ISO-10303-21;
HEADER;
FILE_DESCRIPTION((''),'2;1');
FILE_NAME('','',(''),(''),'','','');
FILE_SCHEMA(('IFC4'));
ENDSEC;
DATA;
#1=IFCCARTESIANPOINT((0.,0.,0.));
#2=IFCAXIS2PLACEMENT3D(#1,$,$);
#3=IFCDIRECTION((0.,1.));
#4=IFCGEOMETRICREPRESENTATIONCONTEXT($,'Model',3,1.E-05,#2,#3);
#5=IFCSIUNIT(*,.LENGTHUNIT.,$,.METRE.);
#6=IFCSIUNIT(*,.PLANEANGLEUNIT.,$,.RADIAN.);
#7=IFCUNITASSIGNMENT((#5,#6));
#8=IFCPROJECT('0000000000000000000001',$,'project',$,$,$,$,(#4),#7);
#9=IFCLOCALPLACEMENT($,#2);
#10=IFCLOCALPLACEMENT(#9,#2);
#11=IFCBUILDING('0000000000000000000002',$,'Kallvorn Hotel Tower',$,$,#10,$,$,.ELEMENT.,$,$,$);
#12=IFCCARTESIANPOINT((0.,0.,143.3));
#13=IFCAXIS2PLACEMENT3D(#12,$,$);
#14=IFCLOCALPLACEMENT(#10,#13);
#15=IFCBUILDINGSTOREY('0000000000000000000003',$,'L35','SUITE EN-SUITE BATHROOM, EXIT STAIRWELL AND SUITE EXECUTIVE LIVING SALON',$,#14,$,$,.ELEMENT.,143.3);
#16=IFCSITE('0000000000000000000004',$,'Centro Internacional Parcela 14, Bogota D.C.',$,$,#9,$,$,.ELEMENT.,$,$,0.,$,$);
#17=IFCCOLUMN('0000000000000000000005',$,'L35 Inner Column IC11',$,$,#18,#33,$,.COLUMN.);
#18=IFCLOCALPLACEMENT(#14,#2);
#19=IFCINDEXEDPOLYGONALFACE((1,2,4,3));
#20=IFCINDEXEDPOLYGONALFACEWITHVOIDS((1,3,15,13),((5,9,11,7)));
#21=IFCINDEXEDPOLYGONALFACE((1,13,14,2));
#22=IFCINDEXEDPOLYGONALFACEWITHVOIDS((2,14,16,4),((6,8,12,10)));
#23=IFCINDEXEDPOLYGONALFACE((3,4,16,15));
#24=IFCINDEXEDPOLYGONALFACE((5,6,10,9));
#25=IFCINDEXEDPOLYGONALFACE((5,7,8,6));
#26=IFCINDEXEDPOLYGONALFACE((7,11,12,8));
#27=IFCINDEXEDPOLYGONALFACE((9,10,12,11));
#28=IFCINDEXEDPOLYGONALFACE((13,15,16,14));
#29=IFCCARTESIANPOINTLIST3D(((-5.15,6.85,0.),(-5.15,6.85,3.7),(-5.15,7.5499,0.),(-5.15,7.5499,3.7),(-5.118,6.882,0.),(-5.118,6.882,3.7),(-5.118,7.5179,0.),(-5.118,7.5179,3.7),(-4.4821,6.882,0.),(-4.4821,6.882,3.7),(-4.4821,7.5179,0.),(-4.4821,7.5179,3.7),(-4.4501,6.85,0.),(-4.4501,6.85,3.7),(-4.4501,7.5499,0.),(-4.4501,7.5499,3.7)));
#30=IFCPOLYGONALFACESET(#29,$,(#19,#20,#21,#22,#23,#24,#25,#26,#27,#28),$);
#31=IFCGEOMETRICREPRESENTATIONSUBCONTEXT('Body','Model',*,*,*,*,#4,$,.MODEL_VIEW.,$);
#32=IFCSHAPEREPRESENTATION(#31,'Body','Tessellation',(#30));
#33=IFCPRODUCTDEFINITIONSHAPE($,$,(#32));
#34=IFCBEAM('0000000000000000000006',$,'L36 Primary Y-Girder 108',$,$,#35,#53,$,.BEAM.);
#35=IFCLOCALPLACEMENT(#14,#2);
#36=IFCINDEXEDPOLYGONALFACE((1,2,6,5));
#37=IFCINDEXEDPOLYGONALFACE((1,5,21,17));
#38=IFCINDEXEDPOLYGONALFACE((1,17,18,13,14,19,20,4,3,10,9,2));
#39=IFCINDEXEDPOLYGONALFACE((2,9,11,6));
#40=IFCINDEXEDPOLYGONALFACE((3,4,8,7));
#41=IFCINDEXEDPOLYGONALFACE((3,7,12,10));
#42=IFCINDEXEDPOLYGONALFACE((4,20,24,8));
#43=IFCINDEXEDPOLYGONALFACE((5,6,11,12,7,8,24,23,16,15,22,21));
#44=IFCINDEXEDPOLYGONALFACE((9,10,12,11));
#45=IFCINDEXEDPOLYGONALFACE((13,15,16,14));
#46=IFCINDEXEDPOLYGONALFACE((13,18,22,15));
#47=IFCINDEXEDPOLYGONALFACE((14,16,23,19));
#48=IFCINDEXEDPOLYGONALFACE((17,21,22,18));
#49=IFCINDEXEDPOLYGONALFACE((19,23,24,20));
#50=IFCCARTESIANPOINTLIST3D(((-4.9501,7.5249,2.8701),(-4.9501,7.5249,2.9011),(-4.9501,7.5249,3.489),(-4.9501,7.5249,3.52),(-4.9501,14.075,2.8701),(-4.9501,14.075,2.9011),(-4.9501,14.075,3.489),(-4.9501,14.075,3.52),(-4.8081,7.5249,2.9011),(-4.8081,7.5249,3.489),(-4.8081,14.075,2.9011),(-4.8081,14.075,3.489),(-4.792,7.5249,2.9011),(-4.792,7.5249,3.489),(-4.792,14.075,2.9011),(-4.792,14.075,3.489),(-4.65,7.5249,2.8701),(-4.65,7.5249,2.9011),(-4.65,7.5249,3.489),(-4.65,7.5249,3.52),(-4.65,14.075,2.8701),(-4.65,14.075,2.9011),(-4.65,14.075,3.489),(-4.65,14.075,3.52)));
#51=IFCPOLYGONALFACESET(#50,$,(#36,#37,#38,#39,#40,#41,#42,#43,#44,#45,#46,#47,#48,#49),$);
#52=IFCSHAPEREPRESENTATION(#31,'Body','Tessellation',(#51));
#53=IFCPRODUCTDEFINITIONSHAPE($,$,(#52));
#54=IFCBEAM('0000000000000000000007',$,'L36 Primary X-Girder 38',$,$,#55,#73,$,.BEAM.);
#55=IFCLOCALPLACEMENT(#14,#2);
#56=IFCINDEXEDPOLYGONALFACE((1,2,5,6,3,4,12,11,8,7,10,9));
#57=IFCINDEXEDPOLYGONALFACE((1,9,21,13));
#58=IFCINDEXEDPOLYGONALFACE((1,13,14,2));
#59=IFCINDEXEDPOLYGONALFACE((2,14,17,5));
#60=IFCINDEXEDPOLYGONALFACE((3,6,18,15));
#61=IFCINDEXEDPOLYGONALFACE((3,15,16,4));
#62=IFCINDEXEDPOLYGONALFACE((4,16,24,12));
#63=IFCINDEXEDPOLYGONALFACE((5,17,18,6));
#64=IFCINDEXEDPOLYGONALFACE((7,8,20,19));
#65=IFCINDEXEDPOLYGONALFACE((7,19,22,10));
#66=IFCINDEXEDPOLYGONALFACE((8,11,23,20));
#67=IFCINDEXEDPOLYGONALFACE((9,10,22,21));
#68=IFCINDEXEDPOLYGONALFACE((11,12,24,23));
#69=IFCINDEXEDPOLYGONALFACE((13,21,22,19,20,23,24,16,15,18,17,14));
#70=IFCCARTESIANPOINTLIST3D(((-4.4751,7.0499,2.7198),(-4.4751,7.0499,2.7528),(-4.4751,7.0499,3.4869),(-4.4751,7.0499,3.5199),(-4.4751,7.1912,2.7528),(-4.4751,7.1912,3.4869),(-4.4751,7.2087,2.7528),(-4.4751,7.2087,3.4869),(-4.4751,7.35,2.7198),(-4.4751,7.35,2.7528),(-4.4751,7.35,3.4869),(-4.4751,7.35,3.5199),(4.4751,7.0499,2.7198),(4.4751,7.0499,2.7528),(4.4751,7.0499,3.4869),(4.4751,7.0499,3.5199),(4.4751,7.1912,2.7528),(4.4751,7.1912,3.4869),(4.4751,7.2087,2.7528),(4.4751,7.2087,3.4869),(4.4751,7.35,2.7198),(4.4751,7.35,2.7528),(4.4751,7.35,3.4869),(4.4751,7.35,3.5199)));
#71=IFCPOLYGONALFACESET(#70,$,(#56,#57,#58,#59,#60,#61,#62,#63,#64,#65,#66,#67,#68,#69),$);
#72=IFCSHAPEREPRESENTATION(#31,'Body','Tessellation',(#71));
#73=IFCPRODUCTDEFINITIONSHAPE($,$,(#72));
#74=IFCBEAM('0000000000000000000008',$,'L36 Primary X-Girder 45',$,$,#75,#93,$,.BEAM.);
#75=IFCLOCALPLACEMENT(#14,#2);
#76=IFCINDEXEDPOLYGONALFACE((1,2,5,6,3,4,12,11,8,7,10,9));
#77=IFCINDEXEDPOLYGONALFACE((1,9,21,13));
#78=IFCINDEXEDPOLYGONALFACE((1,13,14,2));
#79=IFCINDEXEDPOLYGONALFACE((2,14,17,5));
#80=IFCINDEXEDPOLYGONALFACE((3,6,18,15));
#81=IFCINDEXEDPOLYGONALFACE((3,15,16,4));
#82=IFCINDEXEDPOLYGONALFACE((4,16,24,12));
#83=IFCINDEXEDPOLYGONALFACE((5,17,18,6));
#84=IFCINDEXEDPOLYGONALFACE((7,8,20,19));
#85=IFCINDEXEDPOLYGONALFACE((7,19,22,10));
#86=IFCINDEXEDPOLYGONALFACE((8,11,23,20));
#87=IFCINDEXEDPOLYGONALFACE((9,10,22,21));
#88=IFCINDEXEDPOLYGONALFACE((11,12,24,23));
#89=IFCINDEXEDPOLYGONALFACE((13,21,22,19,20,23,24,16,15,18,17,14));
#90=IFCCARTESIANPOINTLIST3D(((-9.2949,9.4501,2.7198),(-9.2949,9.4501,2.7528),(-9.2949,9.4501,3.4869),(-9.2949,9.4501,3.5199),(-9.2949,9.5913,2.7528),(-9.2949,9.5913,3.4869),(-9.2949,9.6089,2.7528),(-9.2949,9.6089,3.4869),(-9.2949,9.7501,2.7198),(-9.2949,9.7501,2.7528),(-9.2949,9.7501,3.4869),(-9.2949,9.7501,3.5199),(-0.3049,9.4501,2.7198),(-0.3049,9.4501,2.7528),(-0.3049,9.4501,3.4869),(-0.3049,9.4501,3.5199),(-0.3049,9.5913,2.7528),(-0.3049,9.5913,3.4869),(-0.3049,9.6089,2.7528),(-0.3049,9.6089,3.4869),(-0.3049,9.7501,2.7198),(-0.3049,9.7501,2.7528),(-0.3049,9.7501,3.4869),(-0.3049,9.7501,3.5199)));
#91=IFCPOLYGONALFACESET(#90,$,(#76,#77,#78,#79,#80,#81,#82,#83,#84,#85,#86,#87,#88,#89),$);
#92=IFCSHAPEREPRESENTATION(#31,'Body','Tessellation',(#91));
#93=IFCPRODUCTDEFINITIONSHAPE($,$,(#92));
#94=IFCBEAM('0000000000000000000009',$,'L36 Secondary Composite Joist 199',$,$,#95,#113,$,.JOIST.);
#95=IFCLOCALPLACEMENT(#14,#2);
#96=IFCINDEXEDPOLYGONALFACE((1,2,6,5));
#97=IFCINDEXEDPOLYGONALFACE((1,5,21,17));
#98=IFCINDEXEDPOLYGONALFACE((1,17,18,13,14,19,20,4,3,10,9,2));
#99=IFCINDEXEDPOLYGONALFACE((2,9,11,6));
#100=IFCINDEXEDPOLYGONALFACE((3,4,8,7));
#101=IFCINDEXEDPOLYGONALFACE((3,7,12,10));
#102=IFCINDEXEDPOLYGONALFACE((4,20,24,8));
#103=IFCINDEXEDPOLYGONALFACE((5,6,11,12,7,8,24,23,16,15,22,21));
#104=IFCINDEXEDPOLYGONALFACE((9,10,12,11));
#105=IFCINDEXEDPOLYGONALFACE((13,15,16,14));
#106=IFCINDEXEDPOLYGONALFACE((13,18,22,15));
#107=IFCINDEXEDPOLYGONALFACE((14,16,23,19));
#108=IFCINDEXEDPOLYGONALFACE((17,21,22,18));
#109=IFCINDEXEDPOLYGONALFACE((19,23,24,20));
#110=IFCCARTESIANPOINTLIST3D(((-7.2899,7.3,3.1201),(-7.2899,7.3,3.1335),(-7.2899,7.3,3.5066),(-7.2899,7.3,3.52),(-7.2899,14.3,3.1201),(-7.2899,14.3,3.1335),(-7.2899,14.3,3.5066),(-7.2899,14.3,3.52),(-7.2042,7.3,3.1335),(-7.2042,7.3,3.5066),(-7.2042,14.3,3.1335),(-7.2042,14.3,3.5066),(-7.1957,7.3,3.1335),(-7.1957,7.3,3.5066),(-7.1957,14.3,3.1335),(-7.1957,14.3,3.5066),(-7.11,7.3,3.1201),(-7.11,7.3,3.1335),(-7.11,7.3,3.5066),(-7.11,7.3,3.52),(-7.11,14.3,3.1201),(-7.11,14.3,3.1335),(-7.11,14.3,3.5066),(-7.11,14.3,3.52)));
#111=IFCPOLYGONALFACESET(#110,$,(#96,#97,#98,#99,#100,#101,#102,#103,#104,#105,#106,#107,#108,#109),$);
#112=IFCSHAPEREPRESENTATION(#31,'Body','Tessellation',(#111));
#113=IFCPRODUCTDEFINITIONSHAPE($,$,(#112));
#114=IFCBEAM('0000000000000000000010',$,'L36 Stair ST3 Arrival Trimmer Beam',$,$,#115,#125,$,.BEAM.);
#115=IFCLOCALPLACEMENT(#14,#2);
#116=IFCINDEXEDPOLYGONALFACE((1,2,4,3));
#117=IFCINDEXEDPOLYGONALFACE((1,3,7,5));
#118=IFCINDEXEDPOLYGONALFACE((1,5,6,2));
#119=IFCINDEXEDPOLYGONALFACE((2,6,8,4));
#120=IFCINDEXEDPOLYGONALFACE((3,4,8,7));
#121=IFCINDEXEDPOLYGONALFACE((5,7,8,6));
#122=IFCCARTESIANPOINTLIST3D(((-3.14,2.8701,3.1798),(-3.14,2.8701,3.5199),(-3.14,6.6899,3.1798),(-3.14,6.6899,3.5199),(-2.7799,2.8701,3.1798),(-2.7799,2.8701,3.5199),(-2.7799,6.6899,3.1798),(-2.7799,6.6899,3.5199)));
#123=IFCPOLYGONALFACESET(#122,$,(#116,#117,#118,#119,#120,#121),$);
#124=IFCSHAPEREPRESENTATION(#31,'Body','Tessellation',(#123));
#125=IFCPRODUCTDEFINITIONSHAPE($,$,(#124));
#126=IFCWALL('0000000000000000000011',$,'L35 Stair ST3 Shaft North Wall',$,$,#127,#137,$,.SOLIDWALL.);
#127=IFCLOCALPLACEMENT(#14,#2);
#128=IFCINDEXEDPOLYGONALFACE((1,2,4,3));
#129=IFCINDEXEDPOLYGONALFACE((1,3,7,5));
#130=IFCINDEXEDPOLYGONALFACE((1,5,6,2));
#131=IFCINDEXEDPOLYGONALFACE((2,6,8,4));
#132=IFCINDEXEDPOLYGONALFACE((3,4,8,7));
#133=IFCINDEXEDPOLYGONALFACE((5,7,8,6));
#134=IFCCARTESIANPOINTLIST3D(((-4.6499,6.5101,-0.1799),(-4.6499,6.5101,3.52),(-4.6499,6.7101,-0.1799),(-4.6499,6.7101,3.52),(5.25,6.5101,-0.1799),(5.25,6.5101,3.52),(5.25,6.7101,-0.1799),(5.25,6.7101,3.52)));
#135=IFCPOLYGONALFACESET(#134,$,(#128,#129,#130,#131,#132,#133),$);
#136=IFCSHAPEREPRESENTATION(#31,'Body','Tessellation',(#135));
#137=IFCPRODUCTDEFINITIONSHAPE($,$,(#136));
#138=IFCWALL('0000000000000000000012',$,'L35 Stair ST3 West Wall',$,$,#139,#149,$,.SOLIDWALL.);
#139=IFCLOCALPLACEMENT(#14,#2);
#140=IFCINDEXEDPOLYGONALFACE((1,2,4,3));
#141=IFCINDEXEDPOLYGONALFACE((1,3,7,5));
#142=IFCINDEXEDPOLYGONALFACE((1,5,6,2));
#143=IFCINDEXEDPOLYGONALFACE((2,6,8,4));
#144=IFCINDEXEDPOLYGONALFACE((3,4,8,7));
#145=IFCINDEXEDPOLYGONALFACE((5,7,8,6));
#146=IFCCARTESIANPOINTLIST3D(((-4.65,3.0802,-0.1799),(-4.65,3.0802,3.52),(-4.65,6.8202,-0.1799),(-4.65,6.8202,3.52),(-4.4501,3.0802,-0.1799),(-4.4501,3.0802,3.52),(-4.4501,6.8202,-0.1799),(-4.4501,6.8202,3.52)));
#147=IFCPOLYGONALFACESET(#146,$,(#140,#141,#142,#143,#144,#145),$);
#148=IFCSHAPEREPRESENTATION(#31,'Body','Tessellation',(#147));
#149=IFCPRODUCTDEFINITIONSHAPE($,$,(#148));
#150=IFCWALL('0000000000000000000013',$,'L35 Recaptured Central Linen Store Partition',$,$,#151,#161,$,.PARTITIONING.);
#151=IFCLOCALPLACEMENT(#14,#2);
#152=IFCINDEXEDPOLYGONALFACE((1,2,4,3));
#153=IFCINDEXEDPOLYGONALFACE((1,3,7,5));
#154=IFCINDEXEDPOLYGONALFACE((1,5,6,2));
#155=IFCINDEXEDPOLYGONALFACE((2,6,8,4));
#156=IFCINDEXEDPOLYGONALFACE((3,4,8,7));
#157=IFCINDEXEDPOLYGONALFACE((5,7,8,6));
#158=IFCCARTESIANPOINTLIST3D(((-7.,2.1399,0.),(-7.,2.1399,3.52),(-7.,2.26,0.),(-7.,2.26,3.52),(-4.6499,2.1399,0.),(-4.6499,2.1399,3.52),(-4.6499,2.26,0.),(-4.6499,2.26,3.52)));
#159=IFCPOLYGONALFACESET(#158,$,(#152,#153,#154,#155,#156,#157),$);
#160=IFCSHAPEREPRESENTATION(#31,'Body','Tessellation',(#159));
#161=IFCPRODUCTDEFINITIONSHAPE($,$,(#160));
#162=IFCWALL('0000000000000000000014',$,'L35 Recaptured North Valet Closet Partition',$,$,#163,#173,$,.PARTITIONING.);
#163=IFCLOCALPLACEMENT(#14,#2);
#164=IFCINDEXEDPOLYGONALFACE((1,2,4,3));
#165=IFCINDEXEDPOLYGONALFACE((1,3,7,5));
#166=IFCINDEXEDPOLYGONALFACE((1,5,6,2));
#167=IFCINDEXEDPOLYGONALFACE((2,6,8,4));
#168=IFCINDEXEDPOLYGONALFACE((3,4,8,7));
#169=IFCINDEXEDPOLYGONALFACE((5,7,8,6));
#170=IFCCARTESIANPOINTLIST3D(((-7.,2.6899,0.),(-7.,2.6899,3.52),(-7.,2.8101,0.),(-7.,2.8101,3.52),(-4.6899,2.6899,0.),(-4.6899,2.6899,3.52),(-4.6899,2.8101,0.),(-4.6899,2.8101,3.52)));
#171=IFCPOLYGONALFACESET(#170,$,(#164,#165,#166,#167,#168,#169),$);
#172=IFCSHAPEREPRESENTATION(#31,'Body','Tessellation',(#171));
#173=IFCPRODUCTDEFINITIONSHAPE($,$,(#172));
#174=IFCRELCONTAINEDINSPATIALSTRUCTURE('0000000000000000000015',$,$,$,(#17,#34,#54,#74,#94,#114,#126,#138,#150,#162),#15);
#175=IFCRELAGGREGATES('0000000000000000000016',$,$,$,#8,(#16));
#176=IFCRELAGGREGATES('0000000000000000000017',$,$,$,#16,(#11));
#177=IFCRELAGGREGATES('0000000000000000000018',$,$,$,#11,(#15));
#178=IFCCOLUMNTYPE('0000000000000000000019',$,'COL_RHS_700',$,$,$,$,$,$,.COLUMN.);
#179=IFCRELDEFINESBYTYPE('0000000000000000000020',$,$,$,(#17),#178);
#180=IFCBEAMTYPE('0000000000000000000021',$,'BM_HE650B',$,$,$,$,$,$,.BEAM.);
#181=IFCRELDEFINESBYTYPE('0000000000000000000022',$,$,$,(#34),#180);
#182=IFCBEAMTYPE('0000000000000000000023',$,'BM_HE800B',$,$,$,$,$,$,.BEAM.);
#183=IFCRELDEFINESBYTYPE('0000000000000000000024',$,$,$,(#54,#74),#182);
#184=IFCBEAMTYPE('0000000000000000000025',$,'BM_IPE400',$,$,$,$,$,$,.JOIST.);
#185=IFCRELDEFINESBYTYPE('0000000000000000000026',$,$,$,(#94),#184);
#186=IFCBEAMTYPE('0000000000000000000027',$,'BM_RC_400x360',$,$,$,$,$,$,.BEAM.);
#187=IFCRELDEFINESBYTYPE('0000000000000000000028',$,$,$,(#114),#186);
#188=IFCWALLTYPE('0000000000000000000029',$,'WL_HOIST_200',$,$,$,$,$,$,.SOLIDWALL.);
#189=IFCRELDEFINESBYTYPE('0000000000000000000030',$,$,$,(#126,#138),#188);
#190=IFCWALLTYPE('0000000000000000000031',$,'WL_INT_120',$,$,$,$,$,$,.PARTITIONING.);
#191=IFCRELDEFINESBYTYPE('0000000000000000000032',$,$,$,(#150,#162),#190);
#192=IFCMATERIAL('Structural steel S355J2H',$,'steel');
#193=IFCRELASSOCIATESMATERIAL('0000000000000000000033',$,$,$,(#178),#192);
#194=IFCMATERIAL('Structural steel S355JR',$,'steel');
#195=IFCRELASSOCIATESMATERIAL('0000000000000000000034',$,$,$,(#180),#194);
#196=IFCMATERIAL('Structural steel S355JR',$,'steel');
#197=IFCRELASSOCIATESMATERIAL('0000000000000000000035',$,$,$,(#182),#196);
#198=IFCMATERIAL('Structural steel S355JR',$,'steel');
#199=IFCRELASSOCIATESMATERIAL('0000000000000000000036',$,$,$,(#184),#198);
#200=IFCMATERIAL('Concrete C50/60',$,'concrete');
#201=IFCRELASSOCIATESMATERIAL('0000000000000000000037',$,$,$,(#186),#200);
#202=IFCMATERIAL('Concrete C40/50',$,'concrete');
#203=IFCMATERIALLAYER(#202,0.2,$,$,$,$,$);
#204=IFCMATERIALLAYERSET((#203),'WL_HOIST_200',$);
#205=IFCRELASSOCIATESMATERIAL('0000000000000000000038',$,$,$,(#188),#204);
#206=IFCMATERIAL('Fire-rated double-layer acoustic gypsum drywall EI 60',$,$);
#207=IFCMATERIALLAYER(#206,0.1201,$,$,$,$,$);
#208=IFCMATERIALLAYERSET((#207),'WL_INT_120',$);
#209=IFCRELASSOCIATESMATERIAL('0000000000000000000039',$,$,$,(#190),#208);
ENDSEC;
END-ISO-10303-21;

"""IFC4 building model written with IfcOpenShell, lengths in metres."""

from ifc_helpers import new_model, si_unit, direction, frame, frame_2d, origin, origin_2d, place, context, subcontext, project, spatial, rectangle, hollow_rectangle, i_section, extrude, material, layer, layer_set, material_profile, profile_set, type_object, element, save


model = new_model("IFC4")

# Units and contexts
model_context = context("Model", 3, precision=1e-05, world=origin(), true_north=direction((0.0, 1.0)))
body_context = subcontext(model_context, "Body", "Model", "MODEL_VIEW")
ifc_project = project(units=[si_unit("LENGTHUNIT", "METRE"), si_unit("PLANEANGLEUNIT", "RADIAN")], contexts=[model_context])

# Site, building, storey
site_placement = place(None, origin())
site = spatial("IfcSite", under=ifc_project, at=site_placement, Name="Centro Internacional Parcela 14, Bogota D.C.", CompositionType="ELEMENT", RefElevation=0.0)
building_placement = place(site_placement, origin())
building = spatial("IfcBuilding", under=site, at=building_placement, Name="Kallvorn Hotel Tower", CompositionType="ELEMENT")
storey_placement = place(building_placement, frame((0.0, 0.0, 143.3)))
storey = spatial("IfcBuildingStorey", under=building, at=storey_placement, Name="L35", Description="SUITE EN-SUITE BATHROOM, EXIT STAIRWELL AND SUITE EXECUTIVE LIVING SALON", CompositionType="ELEMENT", Elevation=143.3)

# Column
ifc_material_1 = material(Name="Structural steel S355J2H", Category="steel")
ifc_material_profile_1 = material_profile(ifc_material_1, hollow_rectangle(XDim=0.7, YDim=0.7, WallThickness=0.032, at=origin_2d()), Name="RHS 700x700x32")
ifc_profile_set_1 = profile_set([ifc_material_profile_1], Name="Structural steel S355J2H")
column_type = type_object("IfcColumnType", Name="COL_RHS_700", PredefinedType="COLUMN", material=ifc_profile_set_1)
column_placement = place(storey_placement, frame((-4.8, 7.2, 0.0), z_axis=(0.0, 0.0, 1.0), x_axis=(1.0, 0.0, 0.0)))
element("IfcColumn", 1, at=column_placement, inside=storey, type_object=column_type, Name="L35 Inner Column IC11", PredefinedType="COLUMN", context=body_context, shape_type="SweptSolid", body=[
    extrude(hollow_rectangle(XDim=0.7, YDim=0.7, WallThickness=0.032, at=origin_2d()), origin(), (0.0, 0.0, 1.0), 3.7),
])

# Beams
ifc_material_2 = material(Name="Structural steel S355JR", Category="steel")
ifc_material_profile_2 = material_profile(ifc_material_2, i_section(OverallWidth=0.3, OverallDepth=0.6499, WebThickness=0.0161, FlangeThickness=0.031, at=origin_2d()), Name="HE 650 B")
ifc_profile_set_2 = profile_set([ifc_material_profile_2], Name="Structural steel S355JR")
beam_type_1 = type_object("IfcBeamType", Name="BM_HE650B", PredefinedType="BEAM", material=ifc_profile_set_2)
beam_1_placement = place(storey_placement, frame((-4.8, 7.5249, 3.1951), z_axis=(0.0, 1.0, 0.0), x_axis=(-1.0, 0.0, 0.0)))
element("IfcBeam", 2, at=beam_1_placement, inside=storey, type_object=beam_type_1, Name="L36 Primary Y-Girder 108", PredefinedType="BEAM", context=body_context, shape_type="SweptSolid", body=[
    extrude(i_section(OverallWidth=0.3, OverallDepth=0.6499, WebThickness=0.0161, FlangeThickness=0.031, at=origin_2d()), origin(), (0.0, 0.0, 1.0), 6.55),
])
ifc_material_3 = material(Name="Structural steel S355JR", Category="steel")
ifc_material_profile_3 = material_profile(ifc_material_3, i_section(OverallWidth=0.3, OverallDepth=0.8, WebThickness=0.0176, FlangeThickness=0.033, at=origin_2d()), Name="HE 800 B")
ifc_profile_set_3 = profile_set([ifc_material_profile_3], Name="Structural steel S355JR")
beam_type_2 = type_object("IfcBeamType", Name="BM_HE800B", PredefinedType="BEAM", material=ifc_profile_set_3)
beam_2_placement = place(storey_placement, frame((-4.4751, 7.2, 3.1199), z_axis=(1.0, 0.0, 0.0), x_axis=(0.0, 1.0, 0.0)))
element("IfcBeam", 3, at=beam_2_placement, inside=storey, type_object=beam_type_2, Name="L36 Primary X-Girder 38", PredefinedType="BEAM", context=body_context, shape_type="SweptSolid", body=[
    extrude(i_section(OverallWidth=0.3, OverallDepth=0.8, WebThickness=0.0176, FlangeThickness=0.033, at=origin_2d()), origin(), (0.0, 0.0, 1.0), 8.9502),
])
beam_3_placement = place(storey_placement, frame((-9.2949, 9.6001, 3.1199), z_axis=(1.0, 0.0, 0.0), x_axis=(0.0, 1.0, 0.0)))
element("IfcBeam", 4, at=beam_3_placement, inside=storey, type_object=beam_type_2, Name="L36 Primary X-Girder 45", PredefinedType="BEAM", context=body_context, shape_type="SweptSolid", body=[
    extrude(i_section(OverallWidth=0.3, OverallDepth=0.8, WebThickness=0.0176, FlangeThickness=0.033, at=origin_2d()), origin(), (0.0, 0.0, 1.0), 8.99),
])
ifc_material_4 = material(Name="Structural steel S355JR", Category="steel")
ifc_material_profile_4 = material_profile(ifc_material_4, i_section(OverallWidth=0.1799, OverallDepth=0.3999, WebThickness=0.0085, FlangeThickness=0.0134, at=origin_2d()), Name="IPE 400")
ifc_profile_set_4 = profile_set([ifc_material_profile_4], Name="Structural steel S355JR")
beam_type_3 = type_object("IfcBeamType", Name="BM_IPE400", PredefinedType="JOIST", material=ifc_profile_set_4)
beam_4_placement = place(storey_placement, frame((-7.2, 7.3, 3.3201), z_axis=(0.0, 1.0, 0.0), x_axis=(-1.0, 0.0, 0.0)))
element("IfcBeam", 5, at=beam_4_placement, inside=storey, type_object=beam_type_3, Name="L36 Secondary Composite Joist 199", PredefinedType="JOIST", context=body_context, shape_type="SweptSolid", body=[
    extrude(i_section(OverallWidth=0.1799, OverallDepth=0.3999, WebThickness=0.0085, FlangeThickness=0.0134, at=origin_2d()), origin(), (0.0, 0.0, 1.0), 7.0),
])
ifc_material_5 = material(Name="Concrete C50/60", Category="concrete")
ifc_material_profile_5 = material_profile(ifc_material_5, rectangle(XDim=0.3601, YDim=0.3401, at=origin_2d()), Name="RC 360x340")
ifc_profile_set_5 = profile_set([ifc_material_profile_5], Name="Concrete C50/60")
beam_type_4 = type_object("IfcBeamType", Name="BM_RC_400x360", PredefinedType="BEAM", material=ifc_profile_set_5)
beam_5_placement = place(storey_placement, frame((-2.96, 2.8701, 3.3499), z_axis=(0.0, 1.0, 0.0), x_axis=(-1.0, 0.0, 0.0)))
element("IfcBeam", 6, at=beam_5_placement, inside=storey, type_object=beam_type_4, Name="L36 Stair ST3 Arrival Trimmer Beam", PredefinedType="BEAM", context=body_context, shape_type="SweptSolid", body=[
    extrude(rectangle(XDim=0.3601, YDim=0.3401, at=origin_2d()), origin(), (0.0, 0.0, 1.0), 3.8198),
])

# Walls
ifc_material_6 = material(Name="Concrete C40/50", Category="concrete")
ifc_layer_1 = layer(ifc_material_6, 0.2)
ifc_layer_set_1 = layer_set([ifc_layer_1], Name="WL_HOIST_200")
wall_type_1 = type_object("IfcWallType", Name="WL_HOIST_200", PredefinedType="SOLIDWALL", material=ifc_layer_set_1)
wall_1_placement = place(storey_placement, frame((-4.6499, 6.6101, -0.1799), z_axis=(0.0, 0.0, 1.0), x_axis=(1.0, 0.0, 0.0)))
element("IfcWall", 7, at=wall_1_placement, inside=storey, type_object=wall_type_1, Name="L35 Stair ST3 Shaft North Wall", PredefinedType="SOLIDWALL", context=body_context, shape_type="SweptSolid", body=[
    extrude(rectangle(XDim=9.8999, YDim=0.2, at=frame_2d((4.95, 0.0))), origin(), (0.0, 0.0, 1.0), 3.7),
])
wall_2_placement = place(storey_placement, frame((-4.55, 3.0801, -0.1799), z_axis=(0.0, 0.0, 1.0), x_axis=(0.0, 1.0, 0.0)))
element("IfcWall", 8, at=wall_2_placement, inside=storey, type_object=wall_type_1, Name="L35 Stair ST3 West Wall", PredefinedType="SOLIDWALL", context=body_context, shape_type="SweptSolid", body=[
    extrude(rectangle(XDim=3.74, YDim=0.2, at=frame_2d((1.8701, 0.0))), origin(), (0.0, 0.0, 1.0), 3.7),
])
ifc_material_7 = material(Name="Fire-rated double-layer acoustic gypsum drywall EI 60")
ifc_layer_2 = layer(ifc_material_7, 0.1201)
ifc_layer_set_2 = layer_set([ifc_layer_2], Name="WL_INT_120")
wall_type_2 = type_object("IfcWallType", Name="WL_INT_120", PredefinedType="PARTITIONING", material=ifc_layer_set_2)
wall_3_placement = place(storey_placement, frame((-7.0, 2.2, 0.0), z_axis=(0.0, 0.0, 1.0), x_axis=(1.0, 0.0, 0.0)))
element("IfcWall", 9, at=wall_3_placement, inside=storey, type_object=wall_type_2, Name="L35 Recaptured Central Linen Store Partition", PredefinedType="PARTITIONING", context=body_context, shape_type="SweptSolid", body=[
    extrude(rectangle(XDim=2.3501, YDim=0.1201, at=frame_2d((1.175, 0.0))), origin(), (0.0, 0.0, 1.0), 3.52),
])
wall_4_placement = place(storey_placement, frame((-7.0, 2.75, 0.0), z_axis=(0.0, 0.0, 1.0), x_axis=(1.0, 0.0, 0.0)))
element("IfcWall", 10, at=wall_4_placement, inside=storey, type_object=wall_type_2, Name="L35 Recaptured North Valet Closet Partition", PredefinedType="PARTITIONING", context=body_context, shape_type="SweptSolid", body=[
    extrude(rectangle(XDim=2.3101, YDim=0.1201, at=frame_2d((1.155, 0.0))), origin(), (0.0, 0.0, 1.0), 3.52),
])

save(model, "model.ifc")
